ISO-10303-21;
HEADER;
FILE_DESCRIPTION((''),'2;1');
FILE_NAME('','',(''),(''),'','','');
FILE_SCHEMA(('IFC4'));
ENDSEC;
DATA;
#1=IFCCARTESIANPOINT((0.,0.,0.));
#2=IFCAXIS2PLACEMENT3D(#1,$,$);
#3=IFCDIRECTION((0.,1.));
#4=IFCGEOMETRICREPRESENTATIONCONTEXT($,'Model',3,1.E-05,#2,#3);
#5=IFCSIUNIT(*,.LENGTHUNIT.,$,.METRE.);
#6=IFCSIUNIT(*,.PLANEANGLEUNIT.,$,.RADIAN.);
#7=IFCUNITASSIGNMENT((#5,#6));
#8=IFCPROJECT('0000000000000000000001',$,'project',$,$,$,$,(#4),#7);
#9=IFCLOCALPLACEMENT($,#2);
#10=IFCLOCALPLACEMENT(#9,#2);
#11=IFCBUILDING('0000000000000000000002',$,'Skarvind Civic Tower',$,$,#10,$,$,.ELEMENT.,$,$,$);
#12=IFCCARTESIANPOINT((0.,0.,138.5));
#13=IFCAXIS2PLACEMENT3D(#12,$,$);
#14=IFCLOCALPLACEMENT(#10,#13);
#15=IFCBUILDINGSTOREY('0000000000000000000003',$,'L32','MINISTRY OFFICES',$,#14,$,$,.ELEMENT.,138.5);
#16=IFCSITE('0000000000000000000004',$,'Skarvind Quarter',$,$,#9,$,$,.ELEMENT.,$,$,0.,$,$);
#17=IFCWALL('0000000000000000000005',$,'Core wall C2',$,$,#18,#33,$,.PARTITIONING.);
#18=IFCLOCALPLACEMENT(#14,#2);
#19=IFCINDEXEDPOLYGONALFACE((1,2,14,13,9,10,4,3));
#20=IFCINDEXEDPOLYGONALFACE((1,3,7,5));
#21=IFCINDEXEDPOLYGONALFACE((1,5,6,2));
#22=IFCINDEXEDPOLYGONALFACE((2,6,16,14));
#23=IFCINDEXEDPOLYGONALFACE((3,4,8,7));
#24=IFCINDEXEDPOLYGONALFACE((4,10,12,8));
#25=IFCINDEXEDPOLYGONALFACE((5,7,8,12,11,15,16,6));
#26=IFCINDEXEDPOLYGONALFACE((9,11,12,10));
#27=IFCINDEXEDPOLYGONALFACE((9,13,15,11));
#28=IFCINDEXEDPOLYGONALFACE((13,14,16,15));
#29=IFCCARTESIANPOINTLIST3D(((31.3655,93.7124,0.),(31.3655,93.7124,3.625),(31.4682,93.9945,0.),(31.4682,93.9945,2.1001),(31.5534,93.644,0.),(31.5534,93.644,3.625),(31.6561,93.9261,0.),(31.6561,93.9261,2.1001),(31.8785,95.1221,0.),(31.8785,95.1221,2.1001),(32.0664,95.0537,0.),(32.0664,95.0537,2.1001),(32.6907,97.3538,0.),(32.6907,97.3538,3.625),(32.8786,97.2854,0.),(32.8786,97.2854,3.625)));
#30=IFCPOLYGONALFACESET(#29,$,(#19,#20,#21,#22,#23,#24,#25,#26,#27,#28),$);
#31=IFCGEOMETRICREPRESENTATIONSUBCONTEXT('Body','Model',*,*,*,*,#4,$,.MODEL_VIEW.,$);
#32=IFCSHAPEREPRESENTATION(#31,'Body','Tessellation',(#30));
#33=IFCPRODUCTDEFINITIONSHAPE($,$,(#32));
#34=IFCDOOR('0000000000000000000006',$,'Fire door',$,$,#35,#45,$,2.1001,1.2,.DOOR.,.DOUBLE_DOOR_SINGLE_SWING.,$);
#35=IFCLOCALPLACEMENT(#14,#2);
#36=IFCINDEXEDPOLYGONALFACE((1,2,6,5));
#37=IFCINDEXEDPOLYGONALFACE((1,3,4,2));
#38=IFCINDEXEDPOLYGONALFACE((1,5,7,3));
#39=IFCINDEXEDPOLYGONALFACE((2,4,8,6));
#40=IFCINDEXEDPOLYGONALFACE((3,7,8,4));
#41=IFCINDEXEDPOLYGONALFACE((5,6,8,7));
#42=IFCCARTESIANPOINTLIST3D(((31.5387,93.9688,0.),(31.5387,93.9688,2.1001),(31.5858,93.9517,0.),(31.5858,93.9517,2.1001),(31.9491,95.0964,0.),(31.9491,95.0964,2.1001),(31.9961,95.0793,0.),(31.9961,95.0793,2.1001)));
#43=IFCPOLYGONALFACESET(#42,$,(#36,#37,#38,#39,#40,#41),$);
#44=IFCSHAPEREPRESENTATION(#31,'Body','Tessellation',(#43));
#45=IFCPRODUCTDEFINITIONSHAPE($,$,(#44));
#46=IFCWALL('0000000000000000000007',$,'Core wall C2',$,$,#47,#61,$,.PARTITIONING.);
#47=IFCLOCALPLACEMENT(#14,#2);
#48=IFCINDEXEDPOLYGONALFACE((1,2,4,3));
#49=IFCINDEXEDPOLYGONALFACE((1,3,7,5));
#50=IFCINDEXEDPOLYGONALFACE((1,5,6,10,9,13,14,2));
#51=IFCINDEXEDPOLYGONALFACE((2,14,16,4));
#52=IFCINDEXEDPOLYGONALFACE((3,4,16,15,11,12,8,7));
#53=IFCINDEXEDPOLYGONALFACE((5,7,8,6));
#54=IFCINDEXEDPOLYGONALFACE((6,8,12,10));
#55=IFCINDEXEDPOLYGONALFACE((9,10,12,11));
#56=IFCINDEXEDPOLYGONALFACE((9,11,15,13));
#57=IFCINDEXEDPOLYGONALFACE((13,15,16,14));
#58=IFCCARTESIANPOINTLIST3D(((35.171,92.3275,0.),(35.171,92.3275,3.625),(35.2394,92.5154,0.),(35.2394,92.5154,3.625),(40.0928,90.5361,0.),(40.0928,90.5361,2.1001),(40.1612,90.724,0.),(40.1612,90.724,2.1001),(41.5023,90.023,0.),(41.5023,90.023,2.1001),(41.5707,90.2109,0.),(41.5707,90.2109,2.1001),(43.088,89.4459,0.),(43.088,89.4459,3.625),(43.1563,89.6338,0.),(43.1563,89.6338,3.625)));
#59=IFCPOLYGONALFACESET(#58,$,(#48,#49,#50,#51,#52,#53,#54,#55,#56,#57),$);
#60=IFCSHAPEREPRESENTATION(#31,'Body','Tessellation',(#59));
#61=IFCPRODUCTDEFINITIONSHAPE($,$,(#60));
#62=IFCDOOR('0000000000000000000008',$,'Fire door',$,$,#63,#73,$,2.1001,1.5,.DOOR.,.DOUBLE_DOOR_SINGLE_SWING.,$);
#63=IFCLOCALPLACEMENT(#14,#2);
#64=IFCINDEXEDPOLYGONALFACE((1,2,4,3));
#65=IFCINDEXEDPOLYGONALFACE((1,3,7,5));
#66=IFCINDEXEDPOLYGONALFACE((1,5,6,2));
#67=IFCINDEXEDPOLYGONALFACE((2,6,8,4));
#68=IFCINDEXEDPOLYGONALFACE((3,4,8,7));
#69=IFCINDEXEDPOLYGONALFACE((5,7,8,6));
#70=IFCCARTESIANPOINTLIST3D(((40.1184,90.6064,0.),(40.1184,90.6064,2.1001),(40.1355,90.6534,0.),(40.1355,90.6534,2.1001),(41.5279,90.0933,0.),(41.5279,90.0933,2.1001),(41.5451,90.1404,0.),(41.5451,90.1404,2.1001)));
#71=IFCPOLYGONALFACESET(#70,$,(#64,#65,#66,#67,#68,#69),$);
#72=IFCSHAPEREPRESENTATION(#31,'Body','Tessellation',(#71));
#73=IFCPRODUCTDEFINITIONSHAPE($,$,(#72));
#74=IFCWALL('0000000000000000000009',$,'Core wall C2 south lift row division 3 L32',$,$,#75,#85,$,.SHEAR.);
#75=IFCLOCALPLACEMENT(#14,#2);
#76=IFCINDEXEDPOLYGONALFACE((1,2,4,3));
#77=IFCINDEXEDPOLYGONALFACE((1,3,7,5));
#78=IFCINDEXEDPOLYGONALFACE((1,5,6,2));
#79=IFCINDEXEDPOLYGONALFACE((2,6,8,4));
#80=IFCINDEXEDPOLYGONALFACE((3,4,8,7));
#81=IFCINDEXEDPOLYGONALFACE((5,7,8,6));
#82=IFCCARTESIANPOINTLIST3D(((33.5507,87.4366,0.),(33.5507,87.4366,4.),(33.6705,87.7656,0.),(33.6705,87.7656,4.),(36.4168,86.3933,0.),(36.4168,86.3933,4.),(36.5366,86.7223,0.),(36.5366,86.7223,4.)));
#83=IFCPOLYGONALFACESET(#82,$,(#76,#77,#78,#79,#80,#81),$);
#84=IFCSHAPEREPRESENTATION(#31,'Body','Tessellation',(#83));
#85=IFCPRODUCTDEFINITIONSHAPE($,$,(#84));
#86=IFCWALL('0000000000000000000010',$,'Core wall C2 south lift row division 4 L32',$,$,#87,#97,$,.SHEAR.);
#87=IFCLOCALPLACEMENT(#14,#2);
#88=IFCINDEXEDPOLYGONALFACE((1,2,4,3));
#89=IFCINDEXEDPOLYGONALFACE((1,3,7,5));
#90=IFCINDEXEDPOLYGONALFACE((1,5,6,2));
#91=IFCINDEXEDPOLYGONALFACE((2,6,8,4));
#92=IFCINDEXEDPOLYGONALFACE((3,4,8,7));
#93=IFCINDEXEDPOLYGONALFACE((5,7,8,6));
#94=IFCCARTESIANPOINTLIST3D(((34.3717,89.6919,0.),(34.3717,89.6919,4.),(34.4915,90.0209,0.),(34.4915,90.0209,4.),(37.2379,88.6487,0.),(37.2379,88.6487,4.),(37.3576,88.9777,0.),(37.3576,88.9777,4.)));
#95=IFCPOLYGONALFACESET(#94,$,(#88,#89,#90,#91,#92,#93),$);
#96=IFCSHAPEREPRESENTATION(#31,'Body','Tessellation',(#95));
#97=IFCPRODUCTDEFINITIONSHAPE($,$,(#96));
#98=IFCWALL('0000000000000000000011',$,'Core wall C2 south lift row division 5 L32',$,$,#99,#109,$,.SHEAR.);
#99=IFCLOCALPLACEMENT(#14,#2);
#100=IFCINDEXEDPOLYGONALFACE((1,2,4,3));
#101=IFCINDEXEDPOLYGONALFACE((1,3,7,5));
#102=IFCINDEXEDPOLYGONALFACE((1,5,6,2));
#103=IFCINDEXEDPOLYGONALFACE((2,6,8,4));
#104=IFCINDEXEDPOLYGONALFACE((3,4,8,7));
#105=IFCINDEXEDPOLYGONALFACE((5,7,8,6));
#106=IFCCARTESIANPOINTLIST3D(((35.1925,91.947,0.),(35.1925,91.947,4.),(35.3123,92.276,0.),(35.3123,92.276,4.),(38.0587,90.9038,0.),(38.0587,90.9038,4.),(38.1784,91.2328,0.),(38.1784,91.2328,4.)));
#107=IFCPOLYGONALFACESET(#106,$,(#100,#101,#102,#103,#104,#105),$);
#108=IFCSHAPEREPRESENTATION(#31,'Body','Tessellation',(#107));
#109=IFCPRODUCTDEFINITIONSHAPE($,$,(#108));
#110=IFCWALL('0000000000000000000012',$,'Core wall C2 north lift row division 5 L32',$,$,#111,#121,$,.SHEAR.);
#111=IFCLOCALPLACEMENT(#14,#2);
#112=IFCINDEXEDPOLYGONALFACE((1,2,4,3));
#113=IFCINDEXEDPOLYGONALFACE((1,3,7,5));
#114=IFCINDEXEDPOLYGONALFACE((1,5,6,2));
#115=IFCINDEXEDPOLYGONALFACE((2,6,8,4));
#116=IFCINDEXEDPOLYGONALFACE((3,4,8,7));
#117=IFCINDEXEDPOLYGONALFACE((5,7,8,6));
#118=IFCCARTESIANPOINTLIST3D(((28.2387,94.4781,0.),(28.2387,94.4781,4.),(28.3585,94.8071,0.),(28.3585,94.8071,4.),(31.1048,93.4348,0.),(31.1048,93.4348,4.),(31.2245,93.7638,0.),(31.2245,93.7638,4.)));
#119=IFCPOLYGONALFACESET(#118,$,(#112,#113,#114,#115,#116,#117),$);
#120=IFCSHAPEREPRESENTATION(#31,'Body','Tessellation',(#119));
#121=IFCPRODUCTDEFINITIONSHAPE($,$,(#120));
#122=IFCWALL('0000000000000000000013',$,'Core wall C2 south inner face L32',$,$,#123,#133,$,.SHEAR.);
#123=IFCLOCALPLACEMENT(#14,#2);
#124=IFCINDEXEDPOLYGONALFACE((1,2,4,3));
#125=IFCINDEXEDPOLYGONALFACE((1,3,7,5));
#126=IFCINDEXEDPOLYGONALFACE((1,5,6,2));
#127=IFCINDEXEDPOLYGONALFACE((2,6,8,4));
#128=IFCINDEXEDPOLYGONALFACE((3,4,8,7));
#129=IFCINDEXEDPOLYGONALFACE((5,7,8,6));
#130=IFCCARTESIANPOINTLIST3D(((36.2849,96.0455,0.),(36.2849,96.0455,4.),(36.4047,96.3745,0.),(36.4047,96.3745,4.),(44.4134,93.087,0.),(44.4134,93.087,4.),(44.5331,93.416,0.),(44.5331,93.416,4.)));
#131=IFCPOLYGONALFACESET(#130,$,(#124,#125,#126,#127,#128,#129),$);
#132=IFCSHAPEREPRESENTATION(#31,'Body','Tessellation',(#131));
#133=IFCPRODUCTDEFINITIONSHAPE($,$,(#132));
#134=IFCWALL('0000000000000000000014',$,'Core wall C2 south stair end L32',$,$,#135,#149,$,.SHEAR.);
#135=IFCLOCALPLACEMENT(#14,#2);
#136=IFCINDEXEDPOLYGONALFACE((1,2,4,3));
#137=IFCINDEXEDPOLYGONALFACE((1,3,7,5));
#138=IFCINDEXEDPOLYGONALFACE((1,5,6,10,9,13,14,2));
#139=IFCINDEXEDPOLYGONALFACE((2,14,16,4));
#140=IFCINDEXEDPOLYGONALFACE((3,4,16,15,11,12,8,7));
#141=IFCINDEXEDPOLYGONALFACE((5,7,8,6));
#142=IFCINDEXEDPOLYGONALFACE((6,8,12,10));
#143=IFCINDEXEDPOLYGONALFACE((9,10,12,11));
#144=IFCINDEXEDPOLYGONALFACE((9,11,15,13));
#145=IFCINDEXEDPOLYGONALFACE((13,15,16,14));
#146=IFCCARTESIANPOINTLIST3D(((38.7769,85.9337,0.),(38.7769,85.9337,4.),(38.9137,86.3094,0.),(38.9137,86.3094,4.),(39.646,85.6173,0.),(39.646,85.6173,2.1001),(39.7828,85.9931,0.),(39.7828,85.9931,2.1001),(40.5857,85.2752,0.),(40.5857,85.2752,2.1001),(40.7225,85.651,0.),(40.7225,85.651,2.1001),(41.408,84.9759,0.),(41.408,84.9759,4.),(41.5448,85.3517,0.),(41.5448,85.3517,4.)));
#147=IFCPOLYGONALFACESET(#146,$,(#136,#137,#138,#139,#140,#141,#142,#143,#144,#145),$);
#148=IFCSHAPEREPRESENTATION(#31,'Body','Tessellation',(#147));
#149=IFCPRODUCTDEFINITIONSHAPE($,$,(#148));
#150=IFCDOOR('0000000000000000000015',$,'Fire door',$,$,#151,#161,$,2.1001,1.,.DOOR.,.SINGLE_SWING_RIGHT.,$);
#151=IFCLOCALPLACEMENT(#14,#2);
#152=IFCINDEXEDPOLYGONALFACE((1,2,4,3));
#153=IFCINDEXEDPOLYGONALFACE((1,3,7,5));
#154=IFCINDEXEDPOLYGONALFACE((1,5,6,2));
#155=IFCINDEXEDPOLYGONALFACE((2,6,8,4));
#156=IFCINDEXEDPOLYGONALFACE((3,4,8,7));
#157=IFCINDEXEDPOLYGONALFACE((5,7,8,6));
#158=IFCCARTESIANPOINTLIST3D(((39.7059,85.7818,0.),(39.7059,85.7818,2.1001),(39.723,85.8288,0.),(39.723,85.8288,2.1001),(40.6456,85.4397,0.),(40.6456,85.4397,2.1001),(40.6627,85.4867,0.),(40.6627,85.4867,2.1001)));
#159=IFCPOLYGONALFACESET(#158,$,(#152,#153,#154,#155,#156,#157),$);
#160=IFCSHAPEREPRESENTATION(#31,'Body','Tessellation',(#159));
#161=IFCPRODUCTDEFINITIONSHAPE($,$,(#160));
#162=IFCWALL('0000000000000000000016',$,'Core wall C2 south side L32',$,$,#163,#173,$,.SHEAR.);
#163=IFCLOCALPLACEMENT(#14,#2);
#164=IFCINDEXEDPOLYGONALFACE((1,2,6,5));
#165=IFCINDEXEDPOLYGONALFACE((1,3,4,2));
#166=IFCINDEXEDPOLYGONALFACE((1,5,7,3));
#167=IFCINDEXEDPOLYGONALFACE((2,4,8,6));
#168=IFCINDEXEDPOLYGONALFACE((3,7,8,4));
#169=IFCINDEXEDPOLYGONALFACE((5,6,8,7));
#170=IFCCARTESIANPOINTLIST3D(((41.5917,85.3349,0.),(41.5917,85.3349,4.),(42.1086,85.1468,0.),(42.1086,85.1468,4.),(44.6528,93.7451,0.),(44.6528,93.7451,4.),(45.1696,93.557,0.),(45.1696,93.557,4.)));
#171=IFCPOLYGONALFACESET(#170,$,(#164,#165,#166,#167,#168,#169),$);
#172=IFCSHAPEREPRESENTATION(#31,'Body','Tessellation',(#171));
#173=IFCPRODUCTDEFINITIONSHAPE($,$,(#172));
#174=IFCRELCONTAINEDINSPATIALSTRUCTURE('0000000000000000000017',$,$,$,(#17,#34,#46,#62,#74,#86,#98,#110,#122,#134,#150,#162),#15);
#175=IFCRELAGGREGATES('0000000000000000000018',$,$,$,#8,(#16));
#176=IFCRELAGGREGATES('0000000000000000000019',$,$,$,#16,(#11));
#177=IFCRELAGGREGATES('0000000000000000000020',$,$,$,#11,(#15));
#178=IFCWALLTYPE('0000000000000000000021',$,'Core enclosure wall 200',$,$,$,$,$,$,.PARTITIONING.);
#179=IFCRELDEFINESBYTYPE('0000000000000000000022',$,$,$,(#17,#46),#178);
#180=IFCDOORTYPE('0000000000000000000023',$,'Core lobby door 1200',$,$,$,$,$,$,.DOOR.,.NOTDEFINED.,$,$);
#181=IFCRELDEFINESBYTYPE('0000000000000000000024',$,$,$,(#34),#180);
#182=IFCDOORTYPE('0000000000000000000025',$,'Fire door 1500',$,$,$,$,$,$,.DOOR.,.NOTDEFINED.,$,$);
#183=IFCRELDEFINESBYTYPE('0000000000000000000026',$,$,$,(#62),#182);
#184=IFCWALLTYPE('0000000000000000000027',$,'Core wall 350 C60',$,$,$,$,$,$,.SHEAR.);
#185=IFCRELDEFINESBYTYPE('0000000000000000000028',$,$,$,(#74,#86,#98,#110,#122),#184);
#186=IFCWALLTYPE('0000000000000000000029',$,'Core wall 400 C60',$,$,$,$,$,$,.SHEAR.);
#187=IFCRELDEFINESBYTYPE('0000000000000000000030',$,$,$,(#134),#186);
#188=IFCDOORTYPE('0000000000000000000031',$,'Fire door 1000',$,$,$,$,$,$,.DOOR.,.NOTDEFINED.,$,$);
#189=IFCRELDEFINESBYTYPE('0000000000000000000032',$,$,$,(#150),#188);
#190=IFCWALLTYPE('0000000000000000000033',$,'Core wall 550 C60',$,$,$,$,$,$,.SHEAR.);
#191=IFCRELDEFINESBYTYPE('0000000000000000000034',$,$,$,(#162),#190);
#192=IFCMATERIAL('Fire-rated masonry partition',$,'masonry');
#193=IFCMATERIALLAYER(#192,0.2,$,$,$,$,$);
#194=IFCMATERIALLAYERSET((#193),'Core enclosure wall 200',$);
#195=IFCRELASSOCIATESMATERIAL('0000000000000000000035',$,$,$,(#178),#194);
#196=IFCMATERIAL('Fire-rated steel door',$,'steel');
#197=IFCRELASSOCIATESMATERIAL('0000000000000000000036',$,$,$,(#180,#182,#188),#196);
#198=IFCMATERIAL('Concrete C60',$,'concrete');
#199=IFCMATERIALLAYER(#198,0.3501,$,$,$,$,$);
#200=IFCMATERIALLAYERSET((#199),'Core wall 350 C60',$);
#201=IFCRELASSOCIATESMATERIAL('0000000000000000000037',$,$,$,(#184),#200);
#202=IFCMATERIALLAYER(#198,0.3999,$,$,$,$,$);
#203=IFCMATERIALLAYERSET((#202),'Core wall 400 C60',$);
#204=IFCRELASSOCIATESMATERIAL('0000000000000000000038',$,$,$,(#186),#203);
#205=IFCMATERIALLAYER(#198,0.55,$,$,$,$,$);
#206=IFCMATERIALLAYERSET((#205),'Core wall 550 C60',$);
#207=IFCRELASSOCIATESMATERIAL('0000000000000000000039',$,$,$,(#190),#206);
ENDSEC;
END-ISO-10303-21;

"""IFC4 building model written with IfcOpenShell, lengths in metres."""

from ifc_helpers import new_model, si_unit, direction, frame, frame_2d, origin, place, context, subcontext, project, spatial, rectangle, extrude, material, layer, layer_set, type_object, element, fill, save


model = new_model("IFC4")

# Units and contexts
model_context = context("Model", 3, precision=1e-05, world=origin(), true_north=direction((0.0, 1.0)))
body_context = subcontext(model_context, "Body", "Model", "MODEL_VIEW")
ifc_project = project(units=[si_unit("LENGTHUNIT", "METRE"), si_unit("PLANEANGLEUNIT", "RADIAN")], contexts=[model_context])

# Site, building, storey
site_placement = place(None, origin())
site = spatial("IfcSite", under=ifc_project, at=site_placement, Name="Skarvind Quarter", CompositionType="ELEMENT", RefElevation=0.0)
building_placement = place(site_placement, origin())
building = spatial("IfcBuilding", under=site, at=building_placement, Name="Skarvind Civic Tower", CompositionType="ELEMENT")
storey_placement = place(building_placement, frame((0.0, 0.0, 138.5)))
storey = spatial("IfcBuildingStorey", under=building, at=storey_placement, Name="L32", Description="MINISTRY OFFICES", CompositionType="ELEMENT", Elevation=138.5)

# Walls, openings, doors
ifc_material_1 = material(Name="Fire-rated masonry partition", Category="masonry")
ifc_layer_1 = layer(ifc_material_1, 0.2)
ifc_layer_set_1 = layer_set([ifc_layer_1], Name="Core enclosure wall 200")
wall_type_1 = type_object("IfcWallType", Name="Core enclosure wall 200", PredefinedType="PARTITIONING", material=ifc_layer_set_1)
wall_1_placement = place(storey_placement, frame((31.4595, 93.6782, 0.0), z_axis=(0.0, 0.0, 1.0), x_axis=(0.341986, 0.939705, 0.0)))
wall_1 = element("IfcWall", 1, at=wall_1_placement, inside=storey, type_object=wall_type_1, Name="Core wall C2", PredefinedType="PARTITIONING", context=body_context, shape_type="SweptSolid", body=[
    extrude(rectangle(XDim=3.875, YDim=0.2, at=frame_2d((1.9375, 0.0))), origin(), (0.0, 0.0, 1.0), 3.625),
])
opening_1_placement = place(wall_1_placement, frame((0.3, 0.0, 0.0)))
opening_1 = element("IfcOpeningElement", 2, at=opening_1_placement, cuts=wall_1, PredefinedType="OPENING", context=body_context, shape_type="SweptSolid", body=[
    extrude(rectangle(XDim=1.2, YDim=2.1001, at=frame_2d((0.6001, 1.05))), frame((0.0, 0.1099, 0.0), z_axis=(0.0, -1.0, 0.0), x_axis=(1.0, 0.0, 0.0)), (0.0, 0.0, 1.0), 0.22),
])
ifc_material_2 = material(Name="Fire-rated steel door", Category="steel")
door_type_1 = type_object("IfcDoorType", Name="Core lobby door 1200", OperationType="NOTDEFINED", PredefinedType="DOOR", material=ifc_material_2)
door_1_placement = place(opening_1_placement, origin())
door_1 = element("IfcDoor", 3, at=door_1_placement, inside=storey, type_object=door_type_1, Name="Fire door", OperationType="DOUBLE_DOOR_SINGLE_SWING", OverallHeight=2.1001, OverallWidth=1.2, PredefinedType="DOOR", context=body_context, shape_type="SweptSolid", body=[
    extrude(rectangle(XDim=1.2, YDim=2.1001, at=frame_2d((0.6001, 1.05))), frame((0.0, 0.0249, 0.0), z_axis=(0.0, -1.0, 0.0), x_axis=(1.0, 0.0, 0.0)), (0.0, 0.0, 1.0), 0.05),
])
fill(opening_1, door_1)
wall_2_placement = place(storey_placement, frame((35.2053, 92.4214, 0.0), z_axis=(0.0, 0.0, 1.0), x_axis=(0.939691, -0.342025, 0.0)))
wall_2 = element("IfcWall", 4, at=wall_2_placement, inside=storey, type_object=wall_type_1, Name="Core wall C2", PredefinedType="PARTITIONING", context=body_context, shape_type="SweptSolid", body=[
    extrude(rectangle(XDim=8.425, YDim=0.2, at=frame_2d((4.2124, 0.0))), origin(), (0.0, 0.0, 1.0), 3.625),
])
opening_2_placement = place(wall_2_placement, frame((5.2375, 0.0, 0.0)))
opening_2 = element("IfcOpeningElement", 5, at=opening_2_placement, cuts=wall_2, PredefinedType="OPENING", context=body_context, shape_type="SweptSolid", body=[
    extrude(rectangle(XDim=1.5, YDim=2.1001, at=frame_2d((0.75, 1.05))), frame((0.0, 0.1099, 0.0), z_axis=(0.0, -1.0, 0.0), x_axis=(1.0, 0.0, 0.0)), (0.0, 0.0, 1.0), 0.22),
])
door_type_2 = type_object("IfcDoorType", Name="Fire door 1500", OperationType="NOTDEFINED", PredefinedType="DOOR", material=ifc_material_2)
door_2_placement = place(opening_2_placement, origin())
door_2 = element("IfcDoor", 6, at=door_2_placement, inside=storey, type_object=door_type_2, Name="Fire door", OperationType="DOUBLE_DOOR_SINGLE_SWING", OverallHeight=2.1001, OverallWidth=1.5, PredefinedType="DOOR", context=body_context, shape_type="SweptSolid", body=[
    extrude(rectangle(XDim=1.5, YDim=2.1001, at=frame_2d((0.75, 1.05))), frame((0.0, 0.0249, 0.0), z_axis=(0.0, -1.0, 0.0), x_axis=(1.0, 0.0, 0.0)), (0.0, 0.0, 1.0), 0.05),
])
fill(opening_2, door_2)

# Walls
ifc_material_3 = material(Name="Concrete C60", Category="concrete")
ifc_layer_2 = layer(ifc_material_3, 0.3501)
ifc_layer_set_2 = layer_set([ifc_layer_2], Name="Core wall 350 C60")
wall_type_2 = type_object("IfcWallType", Name="Core wall 350 C60", PredefinedType="SHEAR", material=ifc_layer_set_2)
for number, where, z_axis, x_axis, name in (
    (7, (36.4766, 86.5579, 0.0), (0.0, 0.0, 1.0), (-0.939684, 0.342045, 0.0), "Core wall C2 south lift row division 3 L32"),
    (8, (37.2976, 88.8132, 0.0), (0.0, 0.0, 1.0), (-0.939693, 0.342019, 0.0), "Core wall C2 south lift row division 4 L32"),
    (9, (38.1184, 91.0684, 0.0), (0.0, 0.0, 1.0), (-0.939693, 0.342019, 0.0), "Core wall C2 south lift row division 5 L32"),
    (10, (31.1646, 93.5994, 0.0), (0.0, 0.0, 1.0), (-0.939684, 0.342045, 0.0), "Core wall C2 north lift row division 5 L32"),
):
    element("IfcWall", number, at=place(storey_placement, frame(where, z_axis=z_axis, x_axis=x_axis)), inside=storey, type_object=wall_type_2, Name=name, PredefinedType="SHEAR", context=body_context, shape_type="SweptSolid", body=[
        extrude(rectangle(XDim=3.05, YDim=0.3501, at=frame_2d((1.5249, 0.0))), origin(), (0.0, 0.0, 1.0), 4.0),
    ])
wall_3_placement = place(storey_placement, frame((44.4734, 93.2515, 0.0), z_axis=(0.0, 0.0, 1.0), x_axis=(-0.939693, 0.34202, 0.0)))
element("IfcWall", 11, at=wall_3_placement, inside=storey, type_object=wall_type_2, Name="Core wall C2 south inner face L32", PredefinedType="SHEAR", context=body_context, shape_type="SweptSolid", body=[
    extrude(rectangle(XDim=8.6501, YDim=0.3501, at=frame_2d((4.3252, 0.0))), origin(), (0.0, 0.0, 1.0), 4.0),
])

# Wall, opening, door
ifc_layer_3 = layer(ifc_material_3, 0.3999)
ifc_layer_set_3 = layer_set([ifc_layer_3], Name="Core wall 400 C60")
wall_type_3 = type_object("IfcWallType", Name="Core wall 400 C60", PredefinedType="SHEAR", material=ifc_layer_set_3)
wall_4_placement = place(storey_placement, frame((41.4763, 85.1638, 0.0), z_axis=(0.0, 0.0, 1.0), x_axis=(-0.939679, 0.342058, 0.0)))
wall_4 = element("IfcWall", 12, at=wall_4_placement, inside=storey, type_object=wall_type_3, Name="Core wall C2 south stair end L32", PredefinedType="SHEAR", context=body_context, shape_type="SweptSolid", body=[
    extrude(rectangle(XDim=2.8, YDim=0.3999, at=frame_2d((1.3999, 0.0))), origin(), (0.0, 0.0, 1.0), 4.0),
])
opening_3_placement = place(wall_4_placement, frame((0.875, 0.0, 0.0)))
opening_3 = element("IfcOpeningElement", 13, at=opening_3_placement, cuts=wall_4, PredefinedType="OPENING", context=body_context, shape_type="SweptSolid", body=[
    extrude(rectangle(XDim=1.0, YDim=2.1001, at=frame_2d((0.5, 1.05))), frame((0.0, 0.21, 0.0), z_axis=(0.0, -1.0, 0.0), x_axis=(1.0, 0.0, 0.0)), (0.0, 0.0, 1.0), 0.4199),
])
door_type_3 = type_object("IfcDoorType", Name="Fire door 1000", OperationType="NOTDEFINED", PredefinedType="DOOR", material=ifc_material_2)
door_3_placement = place(opening_3_placement, origin())
door_3 = element("IfcDoor", 14, at=door_3_placement, inside=storey, type_object=door_type_3, Name="Fire door", OperationType="SINGLE_SWING_RIGHT", OverallHeight=2.1001, OverallWidth=1.0, PredefinedType="DOOR", context=body_context, shape_type="SweptSolid", body=[
    extrude(rectangle(XDim=1.0, YDim=2.1001, at=frame_2d((0.5, 1.05))), frame((0.0, 0.0249, 0.0), z_axis=(0.0, -1.0, 0.0), x_axis=(1.0, 0.0, 0.0)), (0.0, 0.0, 1.0), 0.05),
])
fill(opening_3, door_3)

# Wall
ifc_layer_4 = layer(ifc_material_3, 0.55)
ifc_layer_set_4 = layer_set([ifc_layer_4], Name="Core wall 550 C60")
wall_type_4 = type_object("IfcWallType", Name="Core wall 550 C60", PredefinedType="SHEAR", material=ifc_layer_set_4)
wall_5_placement = place(storey_placement, frame((41.8501, 85.2407, 0.0), z_axis=(0.0, 0.0, 1.0), x_axis=(0.342019, 0.939693, 0.0)))
element("IfcWall", 15, at=wall_5_placement, inside=storey, type_object=wall_type_4, Name="Core wall C2 south side L32", PredefinedType="SHEAR", context=body_context, shape_type="SweptSolid", body=[
    extrude(rectangle(XDim=8.95, YDim=0.55, at=frame_2d((4.4751, 0.0))), origin(), (0.0, 0.0, 1.0), 4.0),
])

save(model, "model.ifc")
